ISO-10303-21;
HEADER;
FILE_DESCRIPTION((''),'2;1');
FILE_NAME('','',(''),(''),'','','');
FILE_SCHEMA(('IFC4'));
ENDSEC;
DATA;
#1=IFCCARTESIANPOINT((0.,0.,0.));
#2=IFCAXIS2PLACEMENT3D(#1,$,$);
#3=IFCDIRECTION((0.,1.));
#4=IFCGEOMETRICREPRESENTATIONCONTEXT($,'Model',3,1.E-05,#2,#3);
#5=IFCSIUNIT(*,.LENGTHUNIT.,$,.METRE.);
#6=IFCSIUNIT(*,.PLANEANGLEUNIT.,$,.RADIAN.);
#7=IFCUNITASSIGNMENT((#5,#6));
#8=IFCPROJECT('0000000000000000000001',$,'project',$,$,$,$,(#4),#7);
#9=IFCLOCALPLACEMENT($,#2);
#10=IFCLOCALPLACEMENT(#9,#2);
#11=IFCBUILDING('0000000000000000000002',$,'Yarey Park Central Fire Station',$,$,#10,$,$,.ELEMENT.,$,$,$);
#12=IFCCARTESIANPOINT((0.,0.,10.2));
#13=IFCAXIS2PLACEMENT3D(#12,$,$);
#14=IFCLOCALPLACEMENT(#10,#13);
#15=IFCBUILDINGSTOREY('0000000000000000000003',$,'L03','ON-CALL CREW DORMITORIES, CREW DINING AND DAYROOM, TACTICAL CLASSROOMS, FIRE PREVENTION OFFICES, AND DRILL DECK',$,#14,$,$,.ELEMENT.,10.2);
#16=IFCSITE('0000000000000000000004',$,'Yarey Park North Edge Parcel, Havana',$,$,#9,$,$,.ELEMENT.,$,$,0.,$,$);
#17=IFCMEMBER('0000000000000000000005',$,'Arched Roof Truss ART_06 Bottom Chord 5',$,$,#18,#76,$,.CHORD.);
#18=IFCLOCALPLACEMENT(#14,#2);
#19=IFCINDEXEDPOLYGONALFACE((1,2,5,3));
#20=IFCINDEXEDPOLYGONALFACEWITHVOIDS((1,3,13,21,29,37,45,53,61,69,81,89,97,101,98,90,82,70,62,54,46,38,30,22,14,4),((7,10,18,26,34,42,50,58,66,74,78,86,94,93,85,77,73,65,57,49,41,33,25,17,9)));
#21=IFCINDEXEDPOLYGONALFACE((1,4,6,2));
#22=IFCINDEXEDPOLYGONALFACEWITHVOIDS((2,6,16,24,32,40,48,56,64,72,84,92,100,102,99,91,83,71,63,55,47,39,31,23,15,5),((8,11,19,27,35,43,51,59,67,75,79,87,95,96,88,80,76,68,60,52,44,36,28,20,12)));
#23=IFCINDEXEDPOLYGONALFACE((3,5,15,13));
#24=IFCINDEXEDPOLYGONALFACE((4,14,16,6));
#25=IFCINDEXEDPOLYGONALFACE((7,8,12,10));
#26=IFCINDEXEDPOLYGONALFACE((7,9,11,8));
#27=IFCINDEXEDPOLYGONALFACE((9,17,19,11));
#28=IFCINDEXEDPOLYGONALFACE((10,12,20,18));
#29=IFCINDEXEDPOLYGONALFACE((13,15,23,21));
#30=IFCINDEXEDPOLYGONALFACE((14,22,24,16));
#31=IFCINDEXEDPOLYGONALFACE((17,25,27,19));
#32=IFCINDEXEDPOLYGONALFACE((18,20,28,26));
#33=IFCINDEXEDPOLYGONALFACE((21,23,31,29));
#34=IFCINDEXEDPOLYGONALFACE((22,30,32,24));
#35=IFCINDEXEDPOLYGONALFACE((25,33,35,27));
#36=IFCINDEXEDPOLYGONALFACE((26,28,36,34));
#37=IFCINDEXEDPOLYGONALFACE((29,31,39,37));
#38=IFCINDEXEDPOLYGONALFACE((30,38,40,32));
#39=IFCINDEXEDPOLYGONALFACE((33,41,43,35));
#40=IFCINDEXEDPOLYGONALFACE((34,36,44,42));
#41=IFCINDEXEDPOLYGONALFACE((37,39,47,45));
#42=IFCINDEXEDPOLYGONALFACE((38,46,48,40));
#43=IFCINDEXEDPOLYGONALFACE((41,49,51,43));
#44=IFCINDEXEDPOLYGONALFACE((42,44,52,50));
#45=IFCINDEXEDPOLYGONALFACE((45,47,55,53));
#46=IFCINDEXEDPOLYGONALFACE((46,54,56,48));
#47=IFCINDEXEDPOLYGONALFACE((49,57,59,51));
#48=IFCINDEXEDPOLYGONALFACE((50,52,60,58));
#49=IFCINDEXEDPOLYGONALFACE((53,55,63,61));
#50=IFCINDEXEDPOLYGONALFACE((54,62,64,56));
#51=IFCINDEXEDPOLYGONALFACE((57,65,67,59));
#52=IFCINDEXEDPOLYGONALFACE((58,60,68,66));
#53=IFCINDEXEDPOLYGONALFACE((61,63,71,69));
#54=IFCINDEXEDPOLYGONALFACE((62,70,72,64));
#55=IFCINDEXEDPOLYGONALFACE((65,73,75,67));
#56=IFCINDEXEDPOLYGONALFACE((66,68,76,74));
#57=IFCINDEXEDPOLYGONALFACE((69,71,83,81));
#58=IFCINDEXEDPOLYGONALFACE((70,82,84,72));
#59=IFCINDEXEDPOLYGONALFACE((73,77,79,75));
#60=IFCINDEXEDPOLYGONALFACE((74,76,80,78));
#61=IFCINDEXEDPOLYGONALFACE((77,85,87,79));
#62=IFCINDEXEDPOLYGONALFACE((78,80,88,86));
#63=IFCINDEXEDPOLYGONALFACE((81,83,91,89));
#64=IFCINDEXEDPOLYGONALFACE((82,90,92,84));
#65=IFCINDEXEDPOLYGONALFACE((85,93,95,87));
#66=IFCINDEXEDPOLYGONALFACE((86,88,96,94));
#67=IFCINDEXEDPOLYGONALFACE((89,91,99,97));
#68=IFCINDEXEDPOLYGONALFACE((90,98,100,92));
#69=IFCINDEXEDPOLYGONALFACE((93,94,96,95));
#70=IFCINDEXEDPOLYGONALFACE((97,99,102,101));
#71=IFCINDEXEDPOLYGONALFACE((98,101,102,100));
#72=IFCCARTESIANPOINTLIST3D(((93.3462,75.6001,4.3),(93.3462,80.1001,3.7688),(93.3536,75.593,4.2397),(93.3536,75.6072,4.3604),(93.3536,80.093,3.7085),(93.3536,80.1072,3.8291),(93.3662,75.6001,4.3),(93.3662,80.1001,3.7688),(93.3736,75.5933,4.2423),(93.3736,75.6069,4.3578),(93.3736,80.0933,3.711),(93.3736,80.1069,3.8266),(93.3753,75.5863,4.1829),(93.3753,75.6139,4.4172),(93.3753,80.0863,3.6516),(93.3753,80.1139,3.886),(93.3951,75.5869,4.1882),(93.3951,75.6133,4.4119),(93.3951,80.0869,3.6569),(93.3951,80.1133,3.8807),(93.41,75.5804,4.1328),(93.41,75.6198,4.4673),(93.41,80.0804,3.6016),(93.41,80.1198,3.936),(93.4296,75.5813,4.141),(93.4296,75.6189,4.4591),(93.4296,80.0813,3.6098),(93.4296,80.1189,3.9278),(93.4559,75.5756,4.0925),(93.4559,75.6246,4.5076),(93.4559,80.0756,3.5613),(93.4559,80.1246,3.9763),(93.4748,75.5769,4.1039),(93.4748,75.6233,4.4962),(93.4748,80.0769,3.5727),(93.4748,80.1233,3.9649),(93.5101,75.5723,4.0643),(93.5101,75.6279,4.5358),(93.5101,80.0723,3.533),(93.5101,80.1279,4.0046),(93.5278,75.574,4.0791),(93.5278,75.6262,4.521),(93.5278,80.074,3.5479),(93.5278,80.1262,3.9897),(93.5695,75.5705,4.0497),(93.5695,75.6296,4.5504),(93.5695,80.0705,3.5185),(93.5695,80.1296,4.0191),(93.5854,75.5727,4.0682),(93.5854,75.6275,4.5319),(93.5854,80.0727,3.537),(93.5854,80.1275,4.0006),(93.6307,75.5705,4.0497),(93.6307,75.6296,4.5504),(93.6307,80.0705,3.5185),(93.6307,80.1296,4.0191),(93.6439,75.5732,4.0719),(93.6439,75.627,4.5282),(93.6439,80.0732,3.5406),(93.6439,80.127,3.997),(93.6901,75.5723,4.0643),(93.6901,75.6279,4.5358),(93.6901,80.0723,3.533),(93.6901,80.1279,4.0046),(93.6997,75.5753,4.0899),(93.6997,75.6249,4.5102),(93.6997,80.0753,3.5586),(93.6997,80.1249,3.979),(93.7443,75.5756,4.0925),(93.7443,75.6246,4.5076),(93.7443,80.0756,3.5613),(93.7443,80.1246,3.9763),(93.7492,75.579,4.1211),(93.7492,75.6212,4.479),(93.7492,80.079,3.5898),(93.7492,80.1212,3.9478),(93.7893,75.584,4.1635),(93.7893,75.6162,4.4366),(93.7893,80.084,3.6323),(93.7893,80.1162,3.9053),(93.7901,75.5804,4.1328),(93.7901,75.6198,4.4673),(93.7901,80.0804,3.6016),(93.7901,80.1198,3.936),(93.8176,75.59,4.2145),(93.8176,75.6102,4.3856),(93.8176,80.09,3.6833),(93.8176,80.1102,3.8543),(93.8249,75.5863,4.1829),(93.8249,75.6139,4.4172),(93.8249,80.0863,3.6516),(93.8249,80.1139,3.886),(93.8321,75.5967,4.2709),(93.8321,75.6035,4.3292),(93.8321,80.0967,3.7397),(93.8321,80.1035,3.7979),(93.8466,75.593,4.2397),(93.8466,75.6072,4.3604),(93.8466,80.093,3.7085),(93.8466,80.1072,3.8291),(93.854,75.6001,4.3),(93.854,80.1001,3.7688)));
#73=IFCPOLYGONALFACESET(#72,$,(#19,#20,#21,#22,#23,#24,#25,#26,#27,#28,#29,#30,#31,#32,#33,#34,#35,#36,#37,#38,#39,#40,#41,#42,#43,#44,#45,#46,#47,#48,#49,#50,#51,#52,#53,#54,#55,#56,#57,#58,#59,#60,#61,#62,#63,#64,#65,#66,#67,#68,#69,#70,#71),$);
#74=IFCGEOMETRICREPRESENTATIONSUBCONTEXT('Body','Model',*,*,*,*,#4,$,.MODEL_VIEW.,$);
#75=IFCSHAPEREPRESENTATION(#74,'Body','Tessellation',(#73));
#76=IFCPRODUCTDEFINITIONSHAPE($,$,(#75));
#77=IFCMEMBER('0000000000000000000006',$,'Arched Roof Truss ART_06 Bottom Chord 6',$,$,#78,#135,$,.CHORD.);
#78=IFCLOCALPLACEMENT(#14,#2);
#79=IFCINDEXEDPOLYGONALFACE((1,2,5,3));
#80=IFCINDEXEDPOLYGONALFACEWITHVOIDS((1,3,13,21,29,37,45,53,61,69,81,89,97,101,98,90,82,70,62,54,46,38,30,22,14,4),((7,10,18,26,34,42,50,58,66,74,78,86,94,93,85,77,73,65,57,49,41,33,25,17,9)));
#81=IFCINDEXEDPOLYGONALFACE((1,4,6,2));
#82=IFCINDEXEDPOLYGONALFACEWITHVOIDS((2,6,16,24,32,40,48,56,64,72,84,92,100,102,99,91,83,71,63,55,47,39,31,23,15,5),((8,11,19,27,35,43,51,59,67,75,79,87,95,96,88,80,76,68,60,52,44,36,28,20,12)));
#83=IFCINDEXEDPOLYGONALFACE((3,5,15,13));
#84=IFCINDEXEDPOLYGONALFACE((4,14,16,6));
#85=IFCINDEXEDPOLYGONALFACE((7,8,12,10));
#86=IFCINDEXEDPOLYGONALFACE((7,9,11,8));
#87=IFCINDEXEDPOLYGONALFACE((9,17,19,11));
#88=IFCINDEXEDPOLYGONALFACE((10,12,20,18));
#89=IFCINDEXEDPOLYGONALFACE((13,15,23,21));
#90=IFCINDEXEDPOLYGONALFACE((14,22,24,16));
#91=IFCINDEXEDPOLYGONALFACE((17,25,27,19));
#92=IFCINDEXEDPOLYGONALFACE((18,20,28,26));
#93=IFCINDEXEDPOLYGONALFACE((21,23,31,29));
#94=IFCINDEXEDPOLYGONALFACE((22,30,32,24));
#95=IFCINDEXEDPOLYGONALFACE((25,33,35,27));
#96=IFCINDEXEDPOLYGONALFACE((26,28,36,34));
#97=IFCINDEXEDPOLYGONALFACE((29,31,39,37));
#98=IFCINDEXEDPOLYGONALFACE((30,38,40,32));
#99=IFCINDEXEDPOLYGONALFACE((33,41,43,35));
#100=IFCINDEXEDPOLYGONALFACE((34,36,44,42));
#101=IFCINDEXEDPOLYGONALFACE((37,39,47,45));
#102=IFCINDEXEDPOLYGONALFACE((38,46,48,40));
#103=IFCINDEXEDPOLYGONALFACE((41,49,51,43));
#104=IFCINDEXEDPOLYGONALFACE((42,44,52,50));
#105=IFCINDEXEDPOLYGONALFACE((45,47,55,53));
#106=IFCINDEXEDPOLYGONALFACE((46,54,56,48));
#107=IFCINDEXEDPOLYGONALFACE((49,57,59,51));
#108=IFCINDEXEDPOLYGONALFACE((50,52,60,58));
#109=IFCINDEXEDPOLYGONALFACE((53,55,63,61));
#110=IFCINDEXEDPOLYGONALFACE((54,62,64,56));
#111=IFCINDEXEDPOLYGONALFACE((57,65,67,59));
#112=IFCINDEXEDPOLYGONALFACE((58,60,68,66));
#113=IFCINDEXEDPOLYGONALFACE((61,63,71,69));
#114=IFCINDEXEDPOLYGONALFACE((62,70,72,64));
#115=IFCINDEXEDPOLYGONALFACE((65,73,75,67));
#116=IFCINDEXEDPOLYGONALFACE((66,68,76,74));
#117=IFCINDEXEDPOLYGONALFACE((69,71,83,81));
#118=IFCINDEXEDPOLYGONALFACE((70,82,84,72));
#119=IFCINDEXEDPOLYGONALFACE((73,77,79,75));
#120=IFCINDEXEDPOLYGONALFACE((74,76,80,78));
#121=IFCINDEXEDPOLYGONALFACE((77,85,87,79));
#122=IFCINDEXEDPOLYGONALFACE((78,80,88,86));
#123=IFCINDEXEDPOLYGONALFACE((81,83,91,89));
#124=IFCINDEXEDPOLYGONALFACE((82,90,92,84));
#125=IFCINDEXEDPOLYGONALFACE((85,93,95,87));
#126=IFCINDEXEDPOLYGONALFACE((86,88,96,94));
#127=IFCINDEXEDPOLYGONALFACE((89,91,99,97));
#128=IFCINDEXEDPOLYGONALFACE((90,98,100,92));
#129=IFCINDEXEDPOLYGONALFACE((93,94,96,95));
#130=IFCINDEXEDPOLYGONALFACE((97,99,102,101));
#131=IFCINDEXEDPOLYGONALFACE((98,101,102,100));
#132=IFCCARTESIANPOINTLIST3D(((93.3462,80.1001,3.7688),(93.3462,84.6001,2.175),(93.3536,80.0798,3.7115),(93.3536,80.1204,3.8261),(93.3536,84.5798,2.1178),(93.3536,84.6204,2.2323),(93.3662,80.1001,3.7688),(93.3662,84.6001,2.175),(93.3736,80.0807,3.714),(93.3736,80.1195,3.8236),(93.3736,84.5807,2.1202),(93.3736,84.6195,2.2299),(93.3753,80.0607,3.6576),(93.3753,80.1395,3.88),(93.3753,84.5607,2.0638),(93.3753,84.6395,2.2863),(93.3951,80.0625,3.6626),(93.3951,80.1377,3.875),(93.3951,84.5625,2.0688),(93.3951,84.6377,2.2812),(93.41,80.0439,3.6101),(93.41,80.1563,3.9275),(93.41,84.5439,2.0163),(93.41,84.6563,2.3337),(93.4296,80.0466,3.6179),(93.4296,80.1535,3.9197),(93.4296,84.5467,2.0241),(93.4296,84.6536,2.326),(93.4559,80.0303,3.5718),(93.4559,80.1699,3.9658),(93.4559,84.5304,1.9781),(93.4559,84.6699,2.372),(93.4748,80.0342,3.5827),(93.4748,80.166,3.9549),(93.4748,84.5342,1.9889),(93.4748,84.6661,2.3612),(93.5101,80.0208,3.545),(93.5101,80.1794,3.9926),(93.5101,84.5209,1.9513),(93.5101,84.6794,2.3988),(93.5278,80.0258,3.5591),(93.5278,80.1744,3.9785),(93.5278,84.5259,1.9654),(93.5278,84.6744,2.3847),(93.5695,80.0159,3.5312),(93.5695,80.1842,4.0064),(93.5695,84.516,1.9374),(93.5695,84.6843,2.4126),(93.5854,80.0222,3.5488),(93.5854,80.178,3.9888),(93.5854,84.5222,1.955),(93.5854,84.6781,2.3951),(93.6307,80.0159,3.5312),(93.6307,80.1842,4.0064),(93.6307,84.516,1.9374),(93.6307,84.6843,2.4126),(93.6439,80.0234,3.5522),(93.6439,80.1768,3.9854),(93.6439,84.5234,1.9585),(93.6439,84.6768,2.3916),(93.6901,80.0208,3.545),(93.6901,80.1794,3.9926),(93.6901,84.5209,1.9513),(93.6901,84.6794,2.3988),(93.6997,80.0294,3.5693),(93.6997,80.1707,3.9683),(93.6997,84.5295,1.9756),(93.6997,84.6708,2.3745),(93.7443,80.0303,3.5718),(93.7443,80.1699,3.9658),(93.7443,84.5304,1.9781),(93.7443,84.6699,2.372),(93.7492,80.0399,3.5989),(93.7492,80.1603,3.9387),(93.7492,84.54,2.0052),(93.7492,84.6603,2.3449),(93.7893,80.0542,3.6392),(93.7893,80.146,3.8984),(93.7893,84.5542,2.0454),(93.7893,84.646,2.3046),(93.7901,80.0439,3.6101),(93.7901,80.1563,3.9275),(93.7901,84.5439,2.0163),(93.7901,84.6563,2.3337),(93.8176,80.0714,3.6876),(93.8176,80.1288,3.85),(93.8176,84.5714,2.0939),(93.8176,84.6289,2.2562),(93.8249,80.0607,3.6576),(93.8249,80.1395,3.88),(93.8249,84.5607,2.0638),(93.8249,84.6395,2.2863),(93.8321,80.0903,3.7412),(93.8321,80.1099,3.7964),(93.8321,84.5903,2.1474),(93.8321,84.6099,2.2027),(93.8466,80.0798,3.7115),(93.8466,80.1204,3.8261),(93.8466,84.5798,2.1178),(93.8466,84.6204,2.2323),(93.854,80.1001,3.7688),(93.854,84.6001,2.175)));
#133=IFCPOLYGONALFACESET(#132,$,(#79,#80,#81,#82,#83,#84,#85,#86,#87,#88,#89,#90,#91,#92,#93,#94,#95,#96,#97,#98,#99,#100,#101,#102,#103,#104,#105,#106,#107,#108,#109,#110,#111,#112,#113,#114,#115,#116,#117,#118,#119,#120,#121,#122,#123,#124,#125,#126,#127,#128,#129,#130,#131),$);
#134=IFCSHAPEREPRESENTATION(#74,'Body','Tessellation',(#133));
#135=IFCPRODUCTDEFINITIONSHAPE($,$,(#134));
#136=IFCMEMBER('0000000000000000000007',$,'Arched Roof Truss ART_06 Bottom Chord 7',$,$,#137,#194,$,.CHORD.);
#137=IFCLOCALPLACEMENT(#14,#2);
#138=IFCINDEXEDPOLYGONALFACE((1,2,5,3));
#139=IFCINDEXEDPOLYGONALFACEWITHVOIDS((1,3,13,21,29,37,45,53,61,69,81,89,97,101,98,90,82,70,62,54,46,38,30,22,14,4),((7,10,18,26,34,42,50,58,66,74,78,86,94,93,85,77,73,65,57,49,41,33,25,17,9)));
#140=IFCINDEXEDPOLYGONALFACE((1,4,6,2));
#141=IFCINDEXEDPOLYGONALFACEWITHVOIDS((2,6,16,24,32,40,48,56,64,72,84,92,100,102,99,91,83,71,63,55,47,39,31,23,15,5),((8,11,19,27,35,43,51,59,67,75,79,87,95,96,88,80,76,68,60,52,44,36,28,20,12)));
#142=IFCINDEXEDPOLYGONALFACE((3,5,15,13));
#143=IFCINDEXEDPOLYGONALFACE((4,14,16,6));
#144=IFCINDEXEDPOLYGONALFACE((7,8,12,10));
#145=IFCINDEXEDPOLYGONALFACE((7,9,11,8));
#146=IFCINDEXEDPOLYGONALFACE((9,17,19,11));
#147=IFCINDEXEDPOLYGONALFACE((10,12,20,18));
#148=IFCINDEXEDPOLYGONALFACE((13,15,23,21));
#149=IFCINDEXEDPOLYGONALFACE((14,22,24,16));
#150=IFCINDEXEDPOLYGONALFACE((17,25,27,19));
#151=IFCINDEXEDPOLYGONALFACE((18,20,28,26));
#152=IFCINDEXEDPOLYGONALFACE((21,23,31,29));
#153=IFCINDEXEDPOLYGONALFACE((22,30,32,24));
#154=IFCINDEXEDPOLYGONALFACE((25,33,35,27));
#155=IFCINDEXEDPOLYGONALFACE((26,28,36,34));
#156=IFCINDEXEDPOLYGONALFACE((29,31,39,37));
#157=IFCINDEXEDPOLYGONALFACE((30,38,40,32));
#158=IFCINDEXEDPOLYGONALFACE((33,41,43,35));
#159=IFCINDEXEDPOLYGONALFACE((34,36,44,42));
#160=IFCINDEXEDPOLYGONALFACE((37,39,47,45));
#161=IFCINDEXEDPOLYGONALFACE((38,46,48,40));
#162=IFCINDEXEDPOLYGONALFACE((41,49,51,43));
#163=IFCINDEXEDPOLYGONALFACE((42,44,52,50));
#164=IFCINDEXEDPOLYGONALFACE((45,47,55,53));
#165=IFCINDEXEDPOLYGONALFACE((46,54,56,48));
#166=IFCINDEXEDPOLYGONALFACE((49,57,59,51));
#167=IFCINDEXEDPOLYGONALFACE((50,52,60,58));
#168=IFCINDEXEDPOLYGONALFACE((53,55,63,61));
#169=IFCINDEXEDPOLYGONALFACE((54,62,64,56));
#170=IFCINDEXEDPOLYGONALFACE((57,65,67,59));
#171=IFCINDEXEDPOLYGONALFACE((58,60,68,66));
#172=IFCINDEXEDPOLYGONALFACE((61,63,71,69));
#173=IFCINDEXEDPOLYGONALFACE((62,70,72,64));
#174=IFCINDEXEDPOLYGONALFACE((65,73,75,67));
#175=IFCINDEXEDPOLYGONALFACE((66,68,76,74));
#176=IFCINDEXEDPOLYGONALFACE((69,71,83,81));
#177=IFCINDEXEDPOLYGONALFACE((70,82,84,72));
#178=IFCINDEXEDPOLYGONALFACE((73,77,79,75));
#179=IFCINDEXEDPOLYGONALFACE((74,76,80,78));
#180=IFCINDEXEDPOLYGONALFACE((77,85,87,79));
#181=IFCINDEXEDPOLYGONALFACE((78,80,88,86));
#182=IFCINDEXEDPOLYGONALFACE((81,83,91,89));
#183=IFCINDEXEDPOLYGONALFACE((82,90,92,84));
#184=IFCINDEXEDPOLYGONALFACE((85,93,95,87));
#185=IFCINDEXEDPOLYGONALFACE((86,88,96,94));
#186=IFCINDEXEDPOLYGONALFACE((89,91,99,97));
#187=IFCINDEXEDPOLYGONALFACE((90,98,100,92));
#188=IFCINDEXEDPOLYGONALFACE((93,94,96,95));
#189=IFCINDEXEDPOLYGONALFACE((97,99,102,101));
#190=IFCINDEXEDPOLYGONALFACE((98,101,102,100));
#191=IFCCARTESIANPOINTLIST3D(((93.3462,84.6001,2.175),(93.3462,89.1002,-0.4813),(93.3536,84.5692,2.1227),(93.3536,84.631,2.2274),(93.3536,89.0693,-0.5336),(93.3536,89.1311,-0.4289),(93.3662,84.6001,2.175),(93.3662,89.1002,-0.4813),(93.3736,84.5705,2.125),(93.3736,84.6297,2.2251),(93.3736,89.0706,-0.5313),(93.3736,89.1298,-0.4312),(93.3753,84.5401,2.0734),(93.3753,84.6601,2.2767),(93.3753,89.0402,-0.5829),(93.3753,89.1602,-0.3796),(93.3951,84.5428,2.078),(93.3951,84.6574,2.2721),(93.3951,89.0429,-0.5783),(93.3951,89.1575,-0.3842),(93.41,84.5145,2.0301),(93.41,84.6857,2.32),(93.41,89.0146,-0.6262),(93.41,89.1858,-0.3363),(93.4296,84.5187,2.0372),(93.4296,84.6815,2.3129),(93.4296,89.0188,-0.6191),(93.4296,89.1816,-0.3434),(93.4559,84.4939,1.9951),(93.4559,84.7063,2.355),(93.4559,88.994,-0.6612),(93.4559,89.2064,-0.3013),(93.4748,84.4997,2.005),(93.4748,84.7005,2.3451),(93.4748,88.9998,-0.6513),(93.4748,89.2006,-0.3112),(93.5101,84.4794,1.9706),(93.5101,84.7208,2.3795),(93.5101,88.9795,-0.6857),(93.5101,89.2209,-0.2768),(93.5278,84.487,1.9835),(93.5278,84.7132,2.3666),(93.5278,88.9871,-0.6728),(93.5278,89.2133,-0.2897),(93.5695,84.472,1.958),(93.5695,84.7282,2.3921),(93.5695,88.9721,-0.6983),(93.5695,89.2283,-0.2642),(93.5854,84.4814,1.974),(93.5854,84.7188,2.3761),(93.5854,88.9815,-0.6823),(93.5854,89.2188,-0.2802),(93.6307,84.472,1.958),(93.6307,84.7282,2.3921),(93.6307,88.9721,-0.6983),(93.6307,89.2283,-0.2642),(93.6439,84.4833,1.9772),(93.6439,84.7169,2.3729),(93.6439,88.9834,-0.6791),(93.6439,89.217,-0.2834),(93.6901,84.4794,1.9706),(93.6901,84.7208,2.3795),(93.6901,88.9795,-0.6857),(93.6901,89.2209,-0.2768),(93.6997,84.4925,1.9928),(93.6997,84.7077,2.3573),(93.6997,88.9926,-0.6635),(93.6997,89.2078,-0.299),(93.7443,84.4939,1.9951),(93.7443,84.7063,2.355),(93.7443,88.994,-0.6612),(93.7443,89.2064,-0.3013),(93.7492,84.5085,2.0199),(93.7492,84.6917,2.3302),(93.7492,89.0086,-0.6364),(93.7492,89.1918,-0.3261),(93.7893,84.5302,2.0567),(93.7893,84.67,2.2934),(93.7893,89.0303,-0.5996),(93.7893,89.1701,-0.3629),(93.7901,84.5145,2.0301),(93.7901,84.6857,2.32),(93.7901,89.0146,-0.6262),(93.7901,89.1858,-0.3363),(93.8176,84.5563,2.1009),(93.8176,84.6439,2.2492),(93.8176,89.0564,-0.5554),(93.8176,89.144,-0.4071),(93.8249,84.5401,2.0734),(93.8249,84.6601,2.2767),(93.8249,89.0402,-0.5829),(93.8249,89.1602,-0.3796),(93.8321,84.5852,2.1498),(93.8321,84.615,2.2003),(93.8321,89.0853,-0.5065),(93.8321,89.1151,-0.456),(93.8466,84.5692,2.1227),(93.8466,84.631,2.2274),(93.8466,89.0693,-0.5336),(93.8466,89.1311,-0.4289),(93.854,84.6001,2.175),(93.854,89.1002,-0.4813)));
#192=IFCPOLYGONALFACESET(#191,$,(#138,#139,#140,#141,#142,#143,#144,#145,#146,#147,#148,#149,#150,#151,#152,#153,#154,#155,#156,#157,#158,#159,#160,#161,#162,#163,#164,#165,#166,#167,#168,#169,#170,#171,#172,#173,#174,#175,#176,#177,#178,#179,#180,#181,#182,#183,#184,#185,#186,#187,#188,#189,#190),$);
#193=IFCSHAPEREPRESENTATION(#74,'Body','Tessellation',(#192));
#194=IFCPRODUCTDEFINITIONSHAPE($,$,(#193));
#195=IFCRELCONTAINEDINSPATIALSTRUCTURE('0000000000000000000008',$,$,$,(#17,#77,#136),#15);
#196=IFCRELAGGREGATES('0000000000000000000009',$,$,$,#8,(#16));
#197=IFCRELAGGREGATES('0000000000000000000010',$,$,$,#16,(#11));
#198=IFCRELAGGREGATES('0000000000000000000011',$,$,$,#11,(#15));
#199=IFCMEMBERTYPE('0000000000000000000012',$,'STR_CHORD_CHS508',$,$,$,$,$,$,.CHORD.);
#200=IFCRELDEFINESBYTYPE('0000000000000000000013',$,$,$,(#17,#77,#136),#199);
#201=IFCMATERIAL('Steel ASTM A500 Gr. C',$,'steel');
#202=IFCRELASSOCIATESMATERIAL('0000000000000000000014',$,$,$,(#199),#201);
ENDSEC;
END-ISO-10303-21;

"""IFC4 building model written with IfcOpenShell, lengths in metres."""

from ifc_helpers import new_model, si_unit, direction, frame, origin, origin_2d, place, context, subcontext, project, spatial, hollow_circle, extrude, material, material_profile, profile_set, type_object, element, save


model = new_model("IFC4")

# Units and contexts
model_context = context("Model", 3, precision=1e-05, world=origin(), true_north=direction((0.0, 1.0)))
body_context = subcontext(model_context, "Body", "Model", "MODEL_VIEW")
ifc_project = project(units=[si_unit("LENGTHUNIT", "METRE"), si_unit("PLANEANGLEUNIT", "RADIAN")], contexts=[model_context])

# Site, building, storey
site_placement = place(None, origin())
site = spatial("IfcSite", under=ifc_project, at=site_placement, Name="Yarey Park North Edge Parcel, Havana", CompositionType="ELEMENT", RefElevation=0.0)
building_placement = place(site_placement, origin())
building = spatial("IfcBuilding", under=site, at=building_placement, Name="Yarey Park Central Fire Station", CompositionType="ELEMENT")
storey_placement = place(building_placement, frame((0.0, 0.0, 10.2)))
storey = spatial("IfcBuildingStorey", under=building, at=storey_placement, Name="L03", Description="ON-CALL CREW DORMITORIES, CREW DINING AND DAYROOM, TACTICAL CLASSROOMS, FIRE PREVENTION OFFICES, AND DRILL DECK", CompositionType="ELEMENT", Elevation=10.2)

# Members
ifc_material_1 = material(Name="Steel ASTM A500 Gr. C", Category="steel")
ifc_material_profile_1 = material_profile(ifc_material_1, hollow_circle(Radius=0.2539, WallThickness=0.02, at=origin_2d()), Name="CHS 508x20")
ifc_profile_set_1 = profile_set([ifc_material_profile_1], Name="Steel ASTM A500 Gr. C")
member_type_1 = type_object("IfcMemberType", Name="STR_CHORD_CHS508", PredefinedType="CHORD", material=ifc_profile_set_1)
member_1_placement = place(storey_placement, frame((93.6001, 75.6001, 4.3), z_axis=(0.0, 0.993103, -0.117241), x_axis=(-1.0, 0.0, 0.0)))
element("IfcMember", 1, at=member_1_placement, inside=storey, type_object=member_type_1, Name="Arched Roof Truss ART_06 Bottom Chord 5", PredefinedType="CHORD", context=body_context, shape_type="SweptSolid", body=[
    extrude(hollow_circle(Radius=0.2539, WallThickness=0.02, at=origin_2d()), origin(), (0.0, 0.0, 1.0), 4.5312),
])
member_2_placement = place(storey_placement, frame((93.6001, 80.1001, 3.7688), z_axis=(0.0, 0.942627, -0.333847), x_axis=(-1.0, 0.0, 0.0)))
element("IfcMember", 2, at=member_2_placement, inside=storey, type_object=member_type_1, Name="Arched Roof Truss ART_06 Bottom Chord 6", PredefinedType="CHORD", context=body_context, shape_type="SweptSolid", body=[
    extrude(hollow_circle(Radius=0.2539, WallThickness=0.02, at=origin_2d()), origin(), (0.0, 0.0, 1.0), 4.7739),
])
member_3_placement = place(storey_placement, frame((93.6001, 84.6001, 2.175), z_axis=(0.0, 0.861165, -0.508326), x_axis=(-1.0, 0.0, 0.0)))
element("IfcMember", 3, at=member_3_placement, inside=storey, type_object=member_type_1, Name="Arched Roof Truss ART_06 Bottom Chord 7", PredefinedType="CHORD", context=body_context, shape_type="SweptSolid", body=[
    extrude(hollow_circle(Radius=0.2539, WallThickness=0.02, at=origin_2d()), origin(), (0.0, 0.0, 1.0), 5.2256),
])

save(model, "model.ifc")
